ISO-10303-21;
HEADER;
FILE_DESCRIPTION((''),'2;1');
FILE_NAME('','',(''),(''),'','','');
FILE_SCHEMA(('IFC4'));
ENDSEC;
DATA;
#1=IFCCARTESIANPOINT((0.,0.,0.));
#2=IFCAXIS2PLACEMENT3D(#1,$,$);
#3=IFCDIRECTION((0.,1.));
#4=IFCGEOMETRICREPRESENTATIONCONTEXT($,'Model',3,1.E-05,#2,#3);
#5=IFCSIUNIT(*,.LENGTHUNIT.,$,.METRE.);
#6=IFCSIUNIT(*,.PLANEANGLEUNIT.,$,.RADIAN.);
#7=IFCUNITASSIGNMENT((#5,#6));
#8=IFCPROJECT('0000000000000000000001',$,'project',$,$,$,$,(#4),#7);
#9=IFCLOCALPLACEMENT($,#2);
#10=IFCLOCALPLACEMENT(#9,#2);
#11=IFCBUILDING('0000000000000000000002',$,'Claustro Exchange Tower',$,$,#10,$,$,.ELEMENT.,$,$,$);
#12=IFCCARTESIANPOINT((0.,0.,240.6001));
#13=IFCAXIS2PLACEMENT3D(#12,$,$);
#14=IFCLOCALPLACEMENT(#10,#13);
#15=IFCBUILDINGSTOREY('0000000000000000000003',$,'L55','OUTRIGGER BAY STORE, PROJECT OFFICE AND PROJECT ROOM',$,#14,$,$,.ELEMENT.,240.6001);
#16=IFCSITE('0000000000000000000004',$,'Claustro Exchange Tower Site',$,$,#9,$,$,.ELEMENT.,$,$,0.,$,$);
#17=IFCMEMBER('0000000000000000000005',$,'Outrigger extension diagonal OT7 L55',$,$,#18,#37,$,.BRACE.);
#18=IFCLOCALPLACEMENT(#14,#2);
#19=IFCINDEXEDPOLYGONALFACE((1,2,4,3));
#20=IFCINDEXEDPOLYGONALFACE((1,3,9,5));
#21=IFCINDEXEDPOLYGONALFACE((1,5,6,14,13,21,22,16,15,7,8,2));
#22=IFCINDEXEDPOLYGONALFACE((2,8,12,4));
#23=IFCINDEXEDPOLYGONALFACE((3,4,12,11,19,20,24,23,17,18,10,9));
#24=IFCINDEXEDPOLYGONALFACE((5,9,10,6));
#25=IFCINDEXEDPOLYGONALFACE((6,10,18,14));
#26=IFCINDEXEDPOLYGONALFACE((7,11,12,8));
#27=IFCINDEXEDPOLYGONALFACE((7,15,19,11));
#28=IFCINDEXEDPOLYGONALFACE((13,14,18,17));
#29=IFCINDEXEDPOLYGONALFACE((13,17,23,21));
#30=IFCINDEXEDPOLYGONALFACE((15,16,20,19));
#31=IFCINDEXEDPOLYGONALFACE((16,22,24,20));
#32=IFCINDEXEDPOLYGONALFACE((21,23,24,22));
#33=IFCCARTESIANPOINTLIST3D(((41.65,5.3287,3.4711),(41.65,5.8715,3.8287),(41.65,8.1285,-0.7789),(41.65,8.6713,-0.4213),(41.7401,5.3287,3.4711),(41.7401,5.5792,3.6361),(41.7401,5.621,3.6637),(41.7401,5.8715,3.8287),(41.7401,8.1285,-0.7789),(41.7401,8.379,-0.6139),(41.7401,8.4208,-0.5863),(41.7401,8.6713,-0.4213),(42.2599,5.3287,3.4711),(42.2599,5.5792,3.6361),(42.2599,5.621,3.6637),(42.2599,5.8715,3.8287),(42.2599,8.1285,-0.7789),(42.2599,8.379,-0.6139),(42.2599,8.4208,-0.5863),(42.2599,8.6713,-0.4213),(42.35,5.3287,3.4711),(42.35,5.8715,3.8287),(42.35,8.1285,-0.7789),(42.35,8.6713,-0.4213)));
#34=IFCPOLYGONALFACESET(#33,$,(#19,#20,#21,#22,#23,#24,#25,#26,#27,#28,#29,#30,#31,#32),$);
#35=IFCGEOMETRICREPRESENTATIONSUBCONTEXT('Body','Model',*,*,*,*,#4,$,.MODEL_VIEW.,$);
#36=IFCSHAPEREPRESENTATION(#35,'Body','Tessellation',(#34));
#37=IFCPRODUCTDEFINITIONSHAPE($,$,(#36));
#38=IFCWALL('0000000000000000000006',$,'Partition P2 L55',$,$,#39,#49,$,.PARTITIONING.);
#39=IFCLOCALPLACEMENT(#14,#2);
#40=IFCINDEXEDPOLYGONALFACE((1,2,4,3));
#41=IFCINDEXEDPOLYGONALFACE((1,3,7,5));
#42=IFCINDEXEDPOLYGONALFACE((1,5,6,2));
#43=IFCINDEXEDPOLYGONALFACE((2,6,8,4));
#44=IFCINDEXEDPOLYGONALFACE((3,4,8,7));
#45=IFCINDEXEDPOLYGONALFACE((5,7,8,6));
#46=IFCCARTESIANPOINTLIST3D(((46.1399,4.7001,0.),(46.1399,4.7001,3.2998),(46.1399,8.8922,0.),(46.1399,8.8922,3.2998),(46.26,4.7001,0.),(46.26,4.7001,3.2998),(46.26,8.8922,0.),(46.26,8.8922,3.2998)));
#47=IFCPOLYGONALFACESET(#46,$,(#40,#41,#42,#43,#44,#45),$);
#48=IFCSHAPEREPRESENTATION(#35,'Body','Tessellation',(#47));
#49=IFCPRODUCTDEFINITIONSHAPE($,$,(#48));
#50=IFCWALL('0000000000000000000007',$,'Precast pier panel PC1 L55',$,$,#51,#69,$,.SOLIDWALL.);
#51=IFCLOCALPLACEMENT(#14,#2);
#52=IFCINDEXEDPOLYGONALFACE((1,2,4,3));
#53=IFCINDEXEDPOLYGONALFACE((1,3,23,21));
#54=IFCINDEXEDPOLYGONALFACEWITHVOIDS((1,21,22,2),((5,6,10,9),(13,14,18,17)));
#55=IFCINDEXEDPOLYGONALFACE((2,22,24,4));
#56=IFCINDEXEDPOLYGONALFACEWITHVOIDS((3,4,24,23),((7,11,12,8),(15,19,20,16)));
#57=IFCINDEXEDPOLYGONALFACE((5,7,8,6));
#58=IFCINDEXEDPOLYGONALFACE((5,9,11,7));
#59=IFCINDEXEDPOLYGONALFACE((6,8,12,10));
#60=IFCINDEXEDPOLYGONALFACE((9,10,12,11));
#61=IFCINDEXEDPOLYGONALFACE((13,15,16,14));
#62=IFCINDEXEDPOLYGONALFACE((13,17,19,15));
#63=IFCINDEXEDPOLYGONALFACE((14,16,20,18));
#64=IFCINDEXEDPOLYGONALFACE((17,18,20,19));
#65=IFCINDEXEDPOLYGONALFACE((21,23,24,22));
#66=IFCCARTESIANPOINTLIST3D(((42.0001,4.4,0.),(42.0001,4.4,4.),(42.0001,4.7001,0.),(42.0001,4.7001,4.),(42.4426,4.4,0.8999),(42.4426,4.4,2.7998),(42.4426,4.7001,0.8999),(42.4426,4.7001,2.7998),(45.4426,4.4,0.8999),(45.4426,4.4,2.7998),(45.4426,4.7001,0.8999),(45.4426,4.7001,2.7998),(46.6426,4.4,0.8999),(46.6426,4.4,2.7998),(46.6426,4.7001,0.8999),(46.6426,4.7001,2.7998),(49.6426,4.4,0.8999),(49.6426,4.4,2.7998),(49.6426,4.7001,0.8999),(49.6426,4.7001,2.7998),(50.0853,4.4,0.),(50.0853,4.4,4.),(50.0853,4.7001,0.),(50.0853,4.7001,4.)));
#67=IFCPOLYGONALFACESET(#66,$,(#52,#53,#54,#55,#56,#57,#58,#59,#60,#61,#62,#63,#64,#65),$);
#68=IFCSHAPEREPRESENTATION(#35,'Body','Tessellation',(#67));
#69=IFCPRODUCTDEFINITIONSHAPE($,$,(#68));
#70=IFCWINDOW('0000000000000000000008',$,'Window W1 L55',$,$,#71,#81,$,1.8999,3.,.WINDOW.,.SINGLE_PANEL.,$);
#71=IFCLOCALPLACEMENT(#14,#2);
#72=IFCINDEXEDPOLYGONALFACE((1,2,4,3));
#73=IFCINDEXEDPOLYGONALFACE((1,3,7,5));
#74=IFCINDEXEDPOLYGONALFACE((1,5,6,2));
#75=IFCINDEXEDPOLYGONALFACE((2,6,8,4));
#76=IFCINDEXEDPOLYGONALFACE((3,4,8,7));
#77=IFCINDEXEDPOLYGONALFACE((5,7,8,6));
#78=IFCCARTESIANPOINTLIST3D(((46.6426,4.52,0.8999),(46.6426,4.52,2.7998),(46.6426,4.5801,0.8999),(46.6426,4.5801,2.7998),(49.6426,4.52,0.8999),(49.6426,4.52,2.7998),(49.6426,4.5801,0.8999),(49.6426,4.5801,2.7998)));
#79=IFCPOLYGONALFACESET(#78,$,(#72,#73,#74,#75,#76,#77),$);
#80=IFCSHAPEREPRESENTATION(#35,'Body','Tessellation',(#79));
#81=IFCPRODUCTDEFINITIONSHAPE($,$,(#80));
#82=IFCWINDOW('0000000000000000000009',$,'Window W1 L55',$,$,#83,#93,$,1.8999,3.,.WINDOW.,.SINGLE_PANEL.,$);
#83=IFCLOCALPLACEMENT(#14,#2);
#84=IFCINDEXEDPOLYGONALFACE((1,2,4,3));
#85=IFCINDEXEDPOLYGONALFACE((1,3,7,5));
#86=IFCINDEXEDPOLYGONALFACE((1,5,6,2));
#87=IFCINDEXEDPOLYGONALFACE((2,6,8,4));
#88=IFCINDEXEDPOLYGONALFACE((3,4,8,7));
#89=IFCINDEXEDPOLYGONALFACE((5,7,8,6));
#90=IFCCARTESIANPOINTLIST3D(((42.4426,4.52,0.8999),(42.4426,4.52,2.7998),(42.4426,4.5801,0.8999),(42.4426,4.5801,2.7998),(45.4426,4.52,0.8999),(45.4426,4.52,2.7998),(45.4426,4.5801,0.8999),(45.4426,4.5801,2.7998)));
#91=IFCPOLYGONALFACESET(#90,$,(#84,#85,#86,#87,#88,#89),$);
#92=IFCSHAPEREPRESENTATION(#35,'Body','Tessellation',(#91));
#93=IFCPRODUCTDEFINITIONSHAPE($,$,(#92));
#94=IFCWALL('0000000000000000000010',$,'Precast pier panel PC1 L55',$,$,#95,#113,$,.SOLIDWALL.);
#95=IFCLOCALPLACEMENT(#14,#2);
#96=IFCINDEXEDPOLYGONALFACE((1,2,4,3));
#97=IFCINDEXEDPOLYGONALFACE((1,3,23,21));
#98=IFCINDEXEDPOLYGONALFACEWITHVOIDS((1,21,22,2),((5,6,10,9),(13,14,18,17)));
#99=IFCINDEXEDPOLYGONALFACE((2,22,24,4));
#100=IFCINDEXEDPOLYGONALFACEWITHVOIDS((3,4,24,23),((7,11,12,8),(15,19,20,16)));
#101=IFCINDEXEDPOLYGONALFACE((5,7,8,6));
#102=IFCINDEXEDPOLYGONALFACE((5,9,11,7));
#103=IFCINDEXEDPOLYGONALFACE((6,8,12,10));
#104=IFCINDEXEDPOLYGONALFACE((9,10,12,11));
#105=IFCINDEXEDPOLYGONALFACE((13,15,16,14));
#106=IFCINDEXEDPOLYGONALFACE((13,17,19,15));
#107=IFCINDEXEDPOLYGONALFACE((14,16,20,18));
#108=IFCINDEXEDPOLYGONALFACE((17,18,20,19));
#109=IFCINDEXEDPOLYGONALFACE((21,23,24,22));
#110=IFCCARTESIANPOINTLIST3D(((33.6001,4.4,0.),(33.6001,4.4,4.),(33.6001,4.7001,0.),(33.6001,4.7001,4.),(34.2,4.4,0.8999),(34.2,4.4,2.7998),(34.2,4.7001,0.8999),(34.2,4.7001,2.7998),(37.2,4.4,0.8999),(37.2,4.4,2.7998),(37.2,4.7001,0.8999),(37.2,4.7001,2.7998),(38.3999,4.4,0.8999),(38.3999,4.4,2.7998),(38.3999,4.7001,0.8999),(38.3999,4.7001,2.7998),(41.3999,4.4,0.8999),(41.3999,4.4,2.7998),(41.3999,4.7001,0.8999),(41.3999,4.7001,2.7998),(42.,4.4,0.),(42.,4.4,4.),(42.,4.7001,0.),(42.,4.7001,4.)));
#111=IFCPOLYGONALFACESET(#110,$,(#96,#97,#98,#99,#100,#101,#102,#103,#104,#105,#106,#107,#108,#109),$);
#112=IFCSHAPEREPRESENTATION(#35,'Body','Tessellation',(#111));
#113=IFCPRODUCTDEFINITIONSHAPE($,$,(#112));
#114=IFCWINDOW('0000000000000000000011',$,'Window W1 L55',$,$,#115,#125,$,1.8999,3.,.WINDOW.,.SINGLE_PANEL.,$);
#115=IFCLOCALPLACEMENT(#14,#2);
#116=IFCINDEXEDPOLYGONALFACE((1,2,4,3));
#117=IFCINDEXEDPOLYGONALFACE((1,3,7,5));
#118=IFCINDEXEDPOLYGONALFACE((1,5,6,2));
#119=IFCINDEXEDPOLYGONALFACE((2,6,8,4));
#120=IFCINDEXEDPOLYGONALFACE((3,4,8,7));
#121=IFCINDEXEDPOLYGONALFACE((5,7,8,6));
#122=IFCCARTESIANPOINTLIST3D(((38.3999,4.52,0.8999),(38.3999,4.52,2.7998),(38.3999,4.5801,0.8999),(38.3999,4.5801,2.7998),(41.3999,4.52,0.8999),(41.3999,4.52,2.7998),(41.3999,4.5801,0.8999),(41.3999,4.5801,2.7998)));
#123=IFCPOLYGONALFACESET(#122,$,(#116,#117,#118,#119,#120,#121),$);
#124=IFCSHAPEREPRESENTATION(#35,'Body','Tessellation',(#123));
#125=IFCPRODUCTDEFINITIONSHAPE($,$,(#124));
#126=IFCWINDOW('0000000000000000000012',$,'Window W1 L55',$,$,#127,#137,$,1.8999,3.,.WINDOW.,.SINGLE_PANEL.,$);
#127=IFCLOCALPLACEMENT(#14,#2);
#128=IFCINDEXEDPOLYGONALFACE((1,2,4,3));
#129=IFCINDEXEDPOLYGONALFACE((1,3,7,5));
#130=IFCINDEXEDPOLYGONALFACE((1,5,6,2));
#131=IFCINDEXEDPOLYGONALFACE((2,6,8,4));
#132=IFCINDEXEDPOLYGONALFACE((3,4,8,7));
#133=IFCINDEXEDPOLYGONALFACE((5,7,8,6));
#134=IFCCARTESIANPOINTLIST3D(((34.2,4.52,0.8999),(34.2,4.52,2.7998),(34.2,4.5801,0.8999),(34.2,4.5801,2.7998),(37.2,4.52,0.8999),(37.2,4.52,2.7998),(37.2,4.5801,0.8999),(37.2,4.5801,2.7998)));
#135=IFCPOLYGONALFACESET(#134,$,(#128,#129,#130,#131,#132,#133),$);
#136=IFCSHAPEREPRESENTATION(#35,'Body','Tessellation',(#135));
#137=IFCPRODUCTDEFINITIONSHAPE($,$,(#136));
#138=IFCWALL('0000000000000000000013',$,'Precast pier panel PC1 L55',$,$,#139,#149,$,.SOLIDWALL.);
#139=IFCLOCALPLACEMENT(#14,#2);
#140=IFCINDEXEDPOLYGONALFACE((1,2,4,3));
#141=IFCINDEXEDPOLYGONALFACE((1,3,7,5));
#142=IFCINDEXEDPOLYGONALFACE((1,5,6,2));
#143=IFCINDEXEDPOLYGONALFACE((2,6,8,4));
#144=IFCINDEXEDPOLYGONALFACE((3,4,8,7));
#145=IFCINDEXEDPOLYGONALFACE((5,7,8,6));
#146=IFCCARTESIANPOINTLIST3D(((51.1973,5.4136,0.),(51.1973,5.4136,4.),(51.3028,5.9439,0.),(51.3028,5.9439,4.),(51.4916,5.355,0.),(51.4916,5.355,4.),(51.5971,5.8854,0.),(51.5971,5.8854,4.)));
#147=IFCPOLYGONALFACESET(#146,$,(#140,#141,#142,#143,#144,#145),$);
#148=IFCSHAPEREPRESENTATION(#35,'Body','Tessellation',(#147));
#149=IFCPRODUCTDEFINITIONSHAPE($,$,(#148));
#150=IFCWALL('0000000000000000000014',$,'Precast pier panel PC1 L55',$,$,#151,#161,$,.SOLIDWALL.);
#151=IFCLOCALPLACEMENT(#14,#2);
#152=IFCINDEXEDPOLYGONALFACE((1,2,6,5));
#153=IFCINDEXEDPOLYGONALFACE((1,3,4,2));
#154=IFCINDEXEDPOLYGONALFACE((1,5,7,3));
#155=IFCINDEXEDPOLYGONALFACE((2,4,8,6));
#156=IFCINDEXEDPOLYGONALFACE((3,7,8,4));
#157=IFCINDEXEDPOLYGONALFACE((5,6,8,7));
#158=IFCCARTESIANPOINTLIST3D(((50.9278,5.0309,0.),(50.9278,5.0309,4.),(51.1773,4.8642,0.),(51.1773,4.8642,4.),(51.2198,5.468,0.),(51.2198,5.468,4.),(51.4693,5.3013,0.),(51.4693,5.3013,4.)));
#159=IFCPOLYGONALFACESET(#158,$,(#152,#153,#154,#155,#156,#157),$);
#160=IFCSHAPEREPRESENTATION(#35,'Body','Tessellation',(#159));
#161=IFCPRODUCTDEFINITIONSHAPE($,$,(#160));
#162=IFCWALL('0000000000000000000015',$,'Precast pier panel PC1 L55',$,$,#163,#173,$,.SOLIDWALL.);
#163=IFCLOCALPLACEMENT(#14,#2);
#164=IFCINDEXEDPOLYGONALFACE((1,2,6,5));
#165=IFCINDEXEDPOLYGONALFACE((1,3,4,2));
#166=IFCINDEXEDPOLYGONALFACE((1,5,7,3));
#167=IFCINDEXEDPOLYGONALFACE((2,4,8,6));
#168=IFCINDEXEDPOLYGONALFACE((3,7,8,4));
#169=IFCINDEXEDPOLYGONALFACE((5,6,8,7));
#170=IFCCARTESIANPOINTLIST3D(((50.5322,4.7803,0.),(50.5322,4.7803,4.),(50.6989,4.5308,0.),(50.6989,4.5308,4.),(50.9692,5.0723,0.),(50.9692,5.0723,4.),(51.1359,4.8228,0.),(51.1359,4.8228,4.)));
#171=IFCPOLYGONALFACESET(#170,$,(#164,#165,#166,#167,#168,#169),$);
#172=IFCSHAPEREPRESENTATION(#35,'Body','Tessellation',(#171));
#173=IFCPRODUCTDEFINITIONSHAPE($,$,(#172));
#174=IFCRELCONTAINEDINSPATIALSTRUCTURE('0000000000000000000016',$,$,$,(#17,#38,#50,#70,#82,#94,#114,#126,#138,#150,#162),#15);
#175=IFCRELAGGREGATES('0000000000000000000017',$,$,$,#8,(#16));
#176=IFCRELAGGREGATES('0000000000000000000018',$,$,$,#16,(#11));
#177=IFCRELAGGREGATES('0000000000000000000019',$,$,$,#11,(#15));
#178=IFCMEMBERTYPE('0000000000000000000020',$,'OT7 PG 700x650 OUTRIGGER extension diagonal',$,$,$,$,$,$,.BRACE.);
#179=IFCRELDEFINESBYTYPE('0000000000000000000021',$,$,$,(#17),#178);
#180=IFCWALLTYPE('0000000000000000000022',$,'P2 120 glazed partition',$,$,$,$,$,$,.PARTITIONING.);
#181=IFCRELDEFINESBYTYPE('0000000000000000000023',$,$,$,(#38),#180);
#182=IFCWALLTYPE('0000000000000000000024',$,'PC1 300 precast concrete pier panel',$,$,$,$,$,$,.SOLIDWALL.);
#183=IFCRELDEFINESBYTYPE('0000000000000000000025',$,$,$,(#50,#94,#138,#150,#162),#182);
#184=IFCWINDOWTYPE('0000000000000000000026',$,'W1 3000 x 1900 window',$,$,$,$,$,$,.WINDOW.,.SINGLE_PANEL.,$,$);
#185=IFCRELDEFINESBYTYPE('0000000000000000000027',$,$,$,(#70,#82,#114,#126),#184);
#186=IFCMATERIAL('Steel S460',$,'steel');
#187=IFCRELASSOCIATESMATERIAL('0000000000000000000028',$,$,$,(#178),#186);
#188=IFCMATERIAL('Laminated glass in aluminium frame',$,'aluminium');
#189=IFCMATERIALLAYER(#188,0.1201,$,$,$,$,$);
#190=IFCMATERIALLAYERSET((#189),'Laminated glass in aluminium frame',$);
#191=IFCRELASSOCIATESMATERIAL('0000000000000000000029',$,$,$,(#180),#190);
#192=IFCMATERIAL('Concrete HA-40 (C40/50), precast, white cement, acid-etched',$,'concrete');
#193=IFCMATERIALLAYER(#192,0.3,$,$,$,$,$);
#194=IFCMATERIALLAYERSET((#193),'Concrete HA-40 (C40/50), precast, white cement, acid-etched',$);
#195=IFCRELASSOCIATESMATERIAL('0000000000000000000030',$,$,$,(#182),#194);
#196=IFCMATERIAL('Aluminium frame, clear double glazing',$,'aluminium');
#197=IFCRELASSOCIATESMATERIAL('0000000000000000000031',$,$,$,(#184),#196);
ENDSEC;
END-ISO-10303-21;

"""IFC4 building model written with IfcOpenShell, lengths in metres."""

from ifc_helpers import new_model, si_unit, direction, frame, frame_2d, origin, origin_2d, place, context, subcontext, project, spatial, rectangle, i_section, extrude, material, layer, layer_set, material_profile, profile_set, type_object, element, fill, save


model = new_model("IFC4")

# Units and contexts
model_context = context("Model", 3, precision=1e-05, world=origin(), true_north=direction((0.0, 1.0)))
body_context = subcontext(model_context, "Body", "Model", "MODEL_VIEW")
ifc_project = project(units=[si_unit("LENGTHUNIT", "METRE"), si_unit("PLANEANGLEUNIT", "RADIAN")], contexts=[model_context])

# Site, building, storey
site_placement = place(None, origin())
site = spatial("IfcSite", under=ifc_project, at=site_placement, Name="Claustro Exchange Tower Site", CompositionType="ELEMENT", RefElevation=0.0)
building_placement = place(site_placement, origin())
building = spatial("IfcBuilding", under=site, at=building_placement, Name="Claustro Exchange Tower", CompositionType="ELEMENT")
storey_placement = place(building_placement, frame((0.0, 0.0, 240.6001)))
storey = spatial("IfcBuildingStorey", under=building, at=storey_placement, Name="L55", Description="OUTRIGGER BAY STORE, PROJECT OFFICE AND PROJECT ROOM", CompositionType="ELEMENT", Elevation=240.6001)

# Member
ifc_material_1 = material(Name="Steel S460", Category="steel")
ifc_material_profile_1 = material_profile(ifc_material_1, i_section(OverallWidth=0.6499, OverallDepth=0.7, WebThickness=0.05, FlangeThickness=0.0901, at=origin_2d()), Name="PG 700x650")
ifc_profile_set_1 = profile_set([ifc_material_profile_1], Name="Steel S460")
member_type = type_object("IfcMemberType", Name="OT7 PG 700x650 OUTRIGGER extension diagonal", PredefinedType="BRACE", material=ifc_profile_set_1)
member_placement = place(storey_placement, frame((42.0, 8.3999, -0.6001), z_axis=(0.0, -0.550131, 0.835078), x_axis=(0.0, 0.835078, 0.550131)))
element("IfcMember", 1, at=member_placement, inside=storey, type_object=member_type, Name="Outrigger extension diagonal OT7 L55", PredefinedType="BRACE", context=body_context, shape_type="SweptSolid", body=[
    extrude(i_section(OverallWidth=0.6499, OverallDepth=0.7, WebThickness=0.05, FlangeThickness=0.0901, at=origin_2d()), origin(), (0.0, 0.0, 1.0), 5.0894),
])

# Wall
ifc_material_2 = material(Name="Laminated glass in aluminium frame", Category="aluminium")
ifc_layer_1 = layer(ifc_material_2, 0.1201)
ifc_layer_set_1 = layer_set([ifc_layer_1], Name="Laminated glass in aluminium frame")
wall_type_1 = type_object("IfcWallType", Name="P2 120 glazed partition", PredefinedType="PARTITIONING", material=ifc_layer_set_1)
wall_1_placement = place(storey_placement, frame((46.2, 4.7, 0.0), z_axis=(0.0, 0.0, 1.0), x_axis=(0.0, 1.0, 0.0)))
element("IfcWall", 2, at=wall_1_placement, inside=storey, type_object=wall_type_1, Name="Partition P2 L55", PredefinedType="PARTITIONING", context=body_context, shape_type="SweptSolid", body=[
    extrude(rectangle(XDim=4.1921, YDim=0.1201, at=frame_2d((2.0962, 0.0))), origin(), (0.0, 0.0, 1.0), 3.2998),
])

# Walls, openings, windows
ifc_material_3 = material(Name="Concrete HA-40 (C40/50), precast, white cement, acid-etched", Category="concrete")
ifc_layer_2 = layer(ifc_material_3, 0.3)
ifc_layer_set_2 = layer_set([ifc_layer_2], Name="Concrete HA-40 (C40/50), precast, white cement, acid-etched")
wall_type_2 = type_object("IfcWallType", Name="PC1 300 precast concrete pier panel", PredefinedType="SOLIDWALL", material=ifc_layer_set_2)
wall_2_placement = place(storey_placement, frame((50.0852, 4.55, 0.0), z_axis=(0.0, 0.0, 1.0), x_axis=(-1.0, 0.0, 0.0)))
wall_2 = element("IfcWall", 3, at=wall_2_placement, inside=storey, type_object=wall_type_2, Name="Precast pier panel PC1 L55", PredefinedType="SOLIDWALL", context=body_context, shape_type="SweptSolid", body=[
    extrude(rectangle(XDim=8.0852, YDim=0.3, at=frame_2d((4.0425, 0.0))), origin(), (0.0, 0.0, 1.0), 4.0),
])
opening_1_placement = place(wall_2_placement, frame((0.4426, 0.0, 0.8999)))
opening_1 = element("IfcOpeningElement", 4, at=opening_1_placement, cuts=wall_2, PredefinedType="OPENING", context=body_context, shape_type="SweptSolid", body=[
    extrude(rectangle(XDim=3.0, YDim=1.8999, at=frame_2d((1.5, 0.95))), frame((0.0, 0.1599, 0.0), z_axis=(0.0, -1.0, 0.0), x_axis=(1.0, 0.0, 0.0)), (0.0, 0.0, 1.0), 0.3201),
])
opening_2_placement = place(wall_2_placement, frame((4.6426, 0.0, 0.8999)))
opening_2 = element("IfcOpeningElement", 5, at=opening_2_placement, cuts=wall_2, PredefinedType="OPENING", context=body_context, shape_type="SweptSolid", body=[
    extrude(rectangle(XDim=3.0, YDim=1.8999, at=frame_2d((1.5, 0.95))), frame((0.0, 0.1599, 0.0), z_axis=(0.0, -1.0, 0.0), x_axis=(1.0, 0.0, 0.0)), (0.0, 0.0, 1.0), 0.3201),
])
ifc_material_4 = material(Name="Aluminium frame, clear double glazing", Category="aluminium")
window_type = type_object("IfcWindowType", Name="W1 3000 x 1900 window", PartitioningType="SINGLE_PANEL", PredefinedType="WINDOW", material=ifc_material_4)
window_1_placement = place(opening_1_placement, origin())
window_1 = element("IfcWindow", 6, at=window_1_placement, inside=storey, type_object=window_type, Name="Window W1 L55", OverallHeight=1.8999, OverallWidth=3.0, PartitioningType="SINGLE_PANEL", PredefinedType="WINDOW", context=body_context, shape_type="SweptSolid", body=[
    extrude(rectangle(XDim=3.0, YDim=1.8999, at=frame_2d((1.5, 0.95))), frame((0.0, 0.03, 0.0), z_axis=(0.0, -1.0, 0.0), x_axis=(1.0, 0.0, 0.0)), (0.0, 0.0, 1.0), 0.0601),
])
fill(opening_1, window_1)
window_2_placement = place(opening_2_placement, origin())
window_2 = element("IfcWindow", 7, at=window_2_placement, inside=storey, type_object=window_type, Name="Window W1 L55", OverallHeight=1.8999, OverallWidth=3.0, PartitioningType="SINGLE_PANEL", PredefinedType="WINDOW", context=body_context, shape_type="SweptSolid", body=[
    extrude(rectangle(XDim=3.0, YDim=1.8999, at=frame_2d((1.5, 0.95))), frame((0.0, 0.03, 0.0), z_axis=(0.0, -1.0, 0.0), x_axis=(1.0, 0.0, 0.0)), (0.0, 0.0, 1.0), 0.0601),
])
fill(opening_2, window_2)
wall_3_placement = place(storey_placement, frame((42.0, 4.55, 0.0), z_axis=(0.0, 0.0, 1.0), x_axis=(-1.0, 0.0, 0.0)))
wall_3 = element("IfcWall", 8, at=wall_3_placement, inside=storey, type_object=wall_type_2, Name="Precast pier panel PC1 L55", PredefinedType="SOLIDWALL", context=body_context, shape_type="SweptSolid", body=[
    extrude(rectangle(XDim=8.3999, YDim=0.3, at=frame_2d((4.2, 0.0))), origin(), (0.0, 0.0, 1.0), 4.0),
])
opening_3_placement = place(wall_3_placement, frame((0.6001, 0.0, 0.8999)))
opening_3 = element("IfcOpeningElement", 9, at=opening_3_placement, cuts=wall_3, PredefinedType="OPENING", context=body_context, shape_type="SweptSolid", body=[
    extrude(rectangle(XDim=3.0, YDim=1.8999, at=frame_2d((1.5, 0.95))), frame((0.0, 0.1599, 0.0), z_axis=(0.0, -1.0, 0.0), x_axis=(1.0, 0.0, 0.0)), (0.0, 0.0, 1.0), 0.3201),
])
opening_4_placement = place(wall_3_placement, frame((4.8, 0.0, 0.8999)))
opening_4 = element("IfcOpeningElement", 10, at=opening_4_placement, cuts=wall_3, PredefinedType="OPENING", context=body_context, shape_type="SweptSolid", body=[
    extrude(rectangle(XDim=3.0, YDim=1.8999, at=frame_2d((1.5, 0.95))), frame((0.0, 0.1599, 0.0), z_axis=(0.0, -1.0, 0.0), x_axis=(1.0, 0.0, 0.0)), (0.0, 0.0, 1.0), 0.3201),
])
window_3_placement = place(opening_3_placement, origin())
window_3 = element("IfcWindow", 11, at=window_3_placement, inside=storey, type_object=window_type, Name="Window W1 L55", OverallHeight=1.8999, OverallWidth=3.0, PartitioningType="SINGLE_PANEL", PredefinedType="WINDOW", context=body_context, shape_type="SweptSolid", body=[
    extrude(rectangle(XDim=3.0, YDim=1.8999, at=frame_2d((1.5, 0.95))), frame((0.0, 0.03, 0.0), z_axis=(0.0, -1.0, 0.0), x_axis=(1.0, 0.0, 0.0)), (0.0, 0.0, 1.0), 0.0601),
])
fill(opening_3, window_3)
window_4_placement = place(opening_4_placement, origin())
window_4 = element("IfcWindow", 12, at=window_4_placement, inside=storey, type_object=window_type, Name="Window W1 L55", OverallHeight=1.8999, OverallWidth=3.0, PartitioningType="SINGLE_PANEL", PredefinedType="WINDOW", context=body_context, shape_type="SweptSolid", body=[
    extrude(rectangle(XDim=3.0, YDim=1.8999, at=frame_2d((1.5, 0.95))), frame((0.0, 0.03, 0.0), z_axis=(0.0, -1.0, 0.0), x_axis=(1.0, 0.0, 0.0)), (0.0, 0.0, 1.0), 0.0601),
])
fill(opening_4, window_4)

# Walls
wall_4_placement = place(storey_placement, frame((51.45, 5.9148, 0.0), z_axis=(0.0, 0.0, 1.0), x_axis=(-0.195074, -0.980789, 0.0)))
element("IfcWall", 13, at=wall_4_placement, inside=storey, type_object=wall_type_2, Name="Precast pier panel PC1 L55", PredefinedType="SOLIDWALL", context=body_context, shape_type="SweptSolid", body=[
    extrude(rectangle(XDim=0.5408, YDim=0.3, at=frame_2d((0.2705, 0.0))), origin(), (0.0, 0.0, 1.0), 4.0),
])
for number, where, z_axis, x_axis, name in (
    (14, (51.3445, 5.3845, 0.0), (0.0, 0.0, 1.0), (-0.555557, -0.831478, 0.0), "Precast pier panel PC1 L55"),
    (15, (51.0525, 4.9475, 0.0), (0.0, 0.0, 1.0), (-0.831478, -0.555557, 0.0), "Precast pier panel PC1 L55"),
):
    element("IfcWall", number, at=place(storey_placement, frame(where, z_axis=z_axis, x_axis=x_axis)), inside=storey, type_object=wall_type_2, Name=name, PredefinedType="SOLIDWALL", context=body_context, shape_type="SweptSolid", body=[
        extrude(rectangle(XDim=0.5256, YDim=0.3, at=frame_2d((0.2627, 0.0))), origin(), (0.0, 0.0, 1.0), 4.0),
    ])

save(model, "model.ifc")
